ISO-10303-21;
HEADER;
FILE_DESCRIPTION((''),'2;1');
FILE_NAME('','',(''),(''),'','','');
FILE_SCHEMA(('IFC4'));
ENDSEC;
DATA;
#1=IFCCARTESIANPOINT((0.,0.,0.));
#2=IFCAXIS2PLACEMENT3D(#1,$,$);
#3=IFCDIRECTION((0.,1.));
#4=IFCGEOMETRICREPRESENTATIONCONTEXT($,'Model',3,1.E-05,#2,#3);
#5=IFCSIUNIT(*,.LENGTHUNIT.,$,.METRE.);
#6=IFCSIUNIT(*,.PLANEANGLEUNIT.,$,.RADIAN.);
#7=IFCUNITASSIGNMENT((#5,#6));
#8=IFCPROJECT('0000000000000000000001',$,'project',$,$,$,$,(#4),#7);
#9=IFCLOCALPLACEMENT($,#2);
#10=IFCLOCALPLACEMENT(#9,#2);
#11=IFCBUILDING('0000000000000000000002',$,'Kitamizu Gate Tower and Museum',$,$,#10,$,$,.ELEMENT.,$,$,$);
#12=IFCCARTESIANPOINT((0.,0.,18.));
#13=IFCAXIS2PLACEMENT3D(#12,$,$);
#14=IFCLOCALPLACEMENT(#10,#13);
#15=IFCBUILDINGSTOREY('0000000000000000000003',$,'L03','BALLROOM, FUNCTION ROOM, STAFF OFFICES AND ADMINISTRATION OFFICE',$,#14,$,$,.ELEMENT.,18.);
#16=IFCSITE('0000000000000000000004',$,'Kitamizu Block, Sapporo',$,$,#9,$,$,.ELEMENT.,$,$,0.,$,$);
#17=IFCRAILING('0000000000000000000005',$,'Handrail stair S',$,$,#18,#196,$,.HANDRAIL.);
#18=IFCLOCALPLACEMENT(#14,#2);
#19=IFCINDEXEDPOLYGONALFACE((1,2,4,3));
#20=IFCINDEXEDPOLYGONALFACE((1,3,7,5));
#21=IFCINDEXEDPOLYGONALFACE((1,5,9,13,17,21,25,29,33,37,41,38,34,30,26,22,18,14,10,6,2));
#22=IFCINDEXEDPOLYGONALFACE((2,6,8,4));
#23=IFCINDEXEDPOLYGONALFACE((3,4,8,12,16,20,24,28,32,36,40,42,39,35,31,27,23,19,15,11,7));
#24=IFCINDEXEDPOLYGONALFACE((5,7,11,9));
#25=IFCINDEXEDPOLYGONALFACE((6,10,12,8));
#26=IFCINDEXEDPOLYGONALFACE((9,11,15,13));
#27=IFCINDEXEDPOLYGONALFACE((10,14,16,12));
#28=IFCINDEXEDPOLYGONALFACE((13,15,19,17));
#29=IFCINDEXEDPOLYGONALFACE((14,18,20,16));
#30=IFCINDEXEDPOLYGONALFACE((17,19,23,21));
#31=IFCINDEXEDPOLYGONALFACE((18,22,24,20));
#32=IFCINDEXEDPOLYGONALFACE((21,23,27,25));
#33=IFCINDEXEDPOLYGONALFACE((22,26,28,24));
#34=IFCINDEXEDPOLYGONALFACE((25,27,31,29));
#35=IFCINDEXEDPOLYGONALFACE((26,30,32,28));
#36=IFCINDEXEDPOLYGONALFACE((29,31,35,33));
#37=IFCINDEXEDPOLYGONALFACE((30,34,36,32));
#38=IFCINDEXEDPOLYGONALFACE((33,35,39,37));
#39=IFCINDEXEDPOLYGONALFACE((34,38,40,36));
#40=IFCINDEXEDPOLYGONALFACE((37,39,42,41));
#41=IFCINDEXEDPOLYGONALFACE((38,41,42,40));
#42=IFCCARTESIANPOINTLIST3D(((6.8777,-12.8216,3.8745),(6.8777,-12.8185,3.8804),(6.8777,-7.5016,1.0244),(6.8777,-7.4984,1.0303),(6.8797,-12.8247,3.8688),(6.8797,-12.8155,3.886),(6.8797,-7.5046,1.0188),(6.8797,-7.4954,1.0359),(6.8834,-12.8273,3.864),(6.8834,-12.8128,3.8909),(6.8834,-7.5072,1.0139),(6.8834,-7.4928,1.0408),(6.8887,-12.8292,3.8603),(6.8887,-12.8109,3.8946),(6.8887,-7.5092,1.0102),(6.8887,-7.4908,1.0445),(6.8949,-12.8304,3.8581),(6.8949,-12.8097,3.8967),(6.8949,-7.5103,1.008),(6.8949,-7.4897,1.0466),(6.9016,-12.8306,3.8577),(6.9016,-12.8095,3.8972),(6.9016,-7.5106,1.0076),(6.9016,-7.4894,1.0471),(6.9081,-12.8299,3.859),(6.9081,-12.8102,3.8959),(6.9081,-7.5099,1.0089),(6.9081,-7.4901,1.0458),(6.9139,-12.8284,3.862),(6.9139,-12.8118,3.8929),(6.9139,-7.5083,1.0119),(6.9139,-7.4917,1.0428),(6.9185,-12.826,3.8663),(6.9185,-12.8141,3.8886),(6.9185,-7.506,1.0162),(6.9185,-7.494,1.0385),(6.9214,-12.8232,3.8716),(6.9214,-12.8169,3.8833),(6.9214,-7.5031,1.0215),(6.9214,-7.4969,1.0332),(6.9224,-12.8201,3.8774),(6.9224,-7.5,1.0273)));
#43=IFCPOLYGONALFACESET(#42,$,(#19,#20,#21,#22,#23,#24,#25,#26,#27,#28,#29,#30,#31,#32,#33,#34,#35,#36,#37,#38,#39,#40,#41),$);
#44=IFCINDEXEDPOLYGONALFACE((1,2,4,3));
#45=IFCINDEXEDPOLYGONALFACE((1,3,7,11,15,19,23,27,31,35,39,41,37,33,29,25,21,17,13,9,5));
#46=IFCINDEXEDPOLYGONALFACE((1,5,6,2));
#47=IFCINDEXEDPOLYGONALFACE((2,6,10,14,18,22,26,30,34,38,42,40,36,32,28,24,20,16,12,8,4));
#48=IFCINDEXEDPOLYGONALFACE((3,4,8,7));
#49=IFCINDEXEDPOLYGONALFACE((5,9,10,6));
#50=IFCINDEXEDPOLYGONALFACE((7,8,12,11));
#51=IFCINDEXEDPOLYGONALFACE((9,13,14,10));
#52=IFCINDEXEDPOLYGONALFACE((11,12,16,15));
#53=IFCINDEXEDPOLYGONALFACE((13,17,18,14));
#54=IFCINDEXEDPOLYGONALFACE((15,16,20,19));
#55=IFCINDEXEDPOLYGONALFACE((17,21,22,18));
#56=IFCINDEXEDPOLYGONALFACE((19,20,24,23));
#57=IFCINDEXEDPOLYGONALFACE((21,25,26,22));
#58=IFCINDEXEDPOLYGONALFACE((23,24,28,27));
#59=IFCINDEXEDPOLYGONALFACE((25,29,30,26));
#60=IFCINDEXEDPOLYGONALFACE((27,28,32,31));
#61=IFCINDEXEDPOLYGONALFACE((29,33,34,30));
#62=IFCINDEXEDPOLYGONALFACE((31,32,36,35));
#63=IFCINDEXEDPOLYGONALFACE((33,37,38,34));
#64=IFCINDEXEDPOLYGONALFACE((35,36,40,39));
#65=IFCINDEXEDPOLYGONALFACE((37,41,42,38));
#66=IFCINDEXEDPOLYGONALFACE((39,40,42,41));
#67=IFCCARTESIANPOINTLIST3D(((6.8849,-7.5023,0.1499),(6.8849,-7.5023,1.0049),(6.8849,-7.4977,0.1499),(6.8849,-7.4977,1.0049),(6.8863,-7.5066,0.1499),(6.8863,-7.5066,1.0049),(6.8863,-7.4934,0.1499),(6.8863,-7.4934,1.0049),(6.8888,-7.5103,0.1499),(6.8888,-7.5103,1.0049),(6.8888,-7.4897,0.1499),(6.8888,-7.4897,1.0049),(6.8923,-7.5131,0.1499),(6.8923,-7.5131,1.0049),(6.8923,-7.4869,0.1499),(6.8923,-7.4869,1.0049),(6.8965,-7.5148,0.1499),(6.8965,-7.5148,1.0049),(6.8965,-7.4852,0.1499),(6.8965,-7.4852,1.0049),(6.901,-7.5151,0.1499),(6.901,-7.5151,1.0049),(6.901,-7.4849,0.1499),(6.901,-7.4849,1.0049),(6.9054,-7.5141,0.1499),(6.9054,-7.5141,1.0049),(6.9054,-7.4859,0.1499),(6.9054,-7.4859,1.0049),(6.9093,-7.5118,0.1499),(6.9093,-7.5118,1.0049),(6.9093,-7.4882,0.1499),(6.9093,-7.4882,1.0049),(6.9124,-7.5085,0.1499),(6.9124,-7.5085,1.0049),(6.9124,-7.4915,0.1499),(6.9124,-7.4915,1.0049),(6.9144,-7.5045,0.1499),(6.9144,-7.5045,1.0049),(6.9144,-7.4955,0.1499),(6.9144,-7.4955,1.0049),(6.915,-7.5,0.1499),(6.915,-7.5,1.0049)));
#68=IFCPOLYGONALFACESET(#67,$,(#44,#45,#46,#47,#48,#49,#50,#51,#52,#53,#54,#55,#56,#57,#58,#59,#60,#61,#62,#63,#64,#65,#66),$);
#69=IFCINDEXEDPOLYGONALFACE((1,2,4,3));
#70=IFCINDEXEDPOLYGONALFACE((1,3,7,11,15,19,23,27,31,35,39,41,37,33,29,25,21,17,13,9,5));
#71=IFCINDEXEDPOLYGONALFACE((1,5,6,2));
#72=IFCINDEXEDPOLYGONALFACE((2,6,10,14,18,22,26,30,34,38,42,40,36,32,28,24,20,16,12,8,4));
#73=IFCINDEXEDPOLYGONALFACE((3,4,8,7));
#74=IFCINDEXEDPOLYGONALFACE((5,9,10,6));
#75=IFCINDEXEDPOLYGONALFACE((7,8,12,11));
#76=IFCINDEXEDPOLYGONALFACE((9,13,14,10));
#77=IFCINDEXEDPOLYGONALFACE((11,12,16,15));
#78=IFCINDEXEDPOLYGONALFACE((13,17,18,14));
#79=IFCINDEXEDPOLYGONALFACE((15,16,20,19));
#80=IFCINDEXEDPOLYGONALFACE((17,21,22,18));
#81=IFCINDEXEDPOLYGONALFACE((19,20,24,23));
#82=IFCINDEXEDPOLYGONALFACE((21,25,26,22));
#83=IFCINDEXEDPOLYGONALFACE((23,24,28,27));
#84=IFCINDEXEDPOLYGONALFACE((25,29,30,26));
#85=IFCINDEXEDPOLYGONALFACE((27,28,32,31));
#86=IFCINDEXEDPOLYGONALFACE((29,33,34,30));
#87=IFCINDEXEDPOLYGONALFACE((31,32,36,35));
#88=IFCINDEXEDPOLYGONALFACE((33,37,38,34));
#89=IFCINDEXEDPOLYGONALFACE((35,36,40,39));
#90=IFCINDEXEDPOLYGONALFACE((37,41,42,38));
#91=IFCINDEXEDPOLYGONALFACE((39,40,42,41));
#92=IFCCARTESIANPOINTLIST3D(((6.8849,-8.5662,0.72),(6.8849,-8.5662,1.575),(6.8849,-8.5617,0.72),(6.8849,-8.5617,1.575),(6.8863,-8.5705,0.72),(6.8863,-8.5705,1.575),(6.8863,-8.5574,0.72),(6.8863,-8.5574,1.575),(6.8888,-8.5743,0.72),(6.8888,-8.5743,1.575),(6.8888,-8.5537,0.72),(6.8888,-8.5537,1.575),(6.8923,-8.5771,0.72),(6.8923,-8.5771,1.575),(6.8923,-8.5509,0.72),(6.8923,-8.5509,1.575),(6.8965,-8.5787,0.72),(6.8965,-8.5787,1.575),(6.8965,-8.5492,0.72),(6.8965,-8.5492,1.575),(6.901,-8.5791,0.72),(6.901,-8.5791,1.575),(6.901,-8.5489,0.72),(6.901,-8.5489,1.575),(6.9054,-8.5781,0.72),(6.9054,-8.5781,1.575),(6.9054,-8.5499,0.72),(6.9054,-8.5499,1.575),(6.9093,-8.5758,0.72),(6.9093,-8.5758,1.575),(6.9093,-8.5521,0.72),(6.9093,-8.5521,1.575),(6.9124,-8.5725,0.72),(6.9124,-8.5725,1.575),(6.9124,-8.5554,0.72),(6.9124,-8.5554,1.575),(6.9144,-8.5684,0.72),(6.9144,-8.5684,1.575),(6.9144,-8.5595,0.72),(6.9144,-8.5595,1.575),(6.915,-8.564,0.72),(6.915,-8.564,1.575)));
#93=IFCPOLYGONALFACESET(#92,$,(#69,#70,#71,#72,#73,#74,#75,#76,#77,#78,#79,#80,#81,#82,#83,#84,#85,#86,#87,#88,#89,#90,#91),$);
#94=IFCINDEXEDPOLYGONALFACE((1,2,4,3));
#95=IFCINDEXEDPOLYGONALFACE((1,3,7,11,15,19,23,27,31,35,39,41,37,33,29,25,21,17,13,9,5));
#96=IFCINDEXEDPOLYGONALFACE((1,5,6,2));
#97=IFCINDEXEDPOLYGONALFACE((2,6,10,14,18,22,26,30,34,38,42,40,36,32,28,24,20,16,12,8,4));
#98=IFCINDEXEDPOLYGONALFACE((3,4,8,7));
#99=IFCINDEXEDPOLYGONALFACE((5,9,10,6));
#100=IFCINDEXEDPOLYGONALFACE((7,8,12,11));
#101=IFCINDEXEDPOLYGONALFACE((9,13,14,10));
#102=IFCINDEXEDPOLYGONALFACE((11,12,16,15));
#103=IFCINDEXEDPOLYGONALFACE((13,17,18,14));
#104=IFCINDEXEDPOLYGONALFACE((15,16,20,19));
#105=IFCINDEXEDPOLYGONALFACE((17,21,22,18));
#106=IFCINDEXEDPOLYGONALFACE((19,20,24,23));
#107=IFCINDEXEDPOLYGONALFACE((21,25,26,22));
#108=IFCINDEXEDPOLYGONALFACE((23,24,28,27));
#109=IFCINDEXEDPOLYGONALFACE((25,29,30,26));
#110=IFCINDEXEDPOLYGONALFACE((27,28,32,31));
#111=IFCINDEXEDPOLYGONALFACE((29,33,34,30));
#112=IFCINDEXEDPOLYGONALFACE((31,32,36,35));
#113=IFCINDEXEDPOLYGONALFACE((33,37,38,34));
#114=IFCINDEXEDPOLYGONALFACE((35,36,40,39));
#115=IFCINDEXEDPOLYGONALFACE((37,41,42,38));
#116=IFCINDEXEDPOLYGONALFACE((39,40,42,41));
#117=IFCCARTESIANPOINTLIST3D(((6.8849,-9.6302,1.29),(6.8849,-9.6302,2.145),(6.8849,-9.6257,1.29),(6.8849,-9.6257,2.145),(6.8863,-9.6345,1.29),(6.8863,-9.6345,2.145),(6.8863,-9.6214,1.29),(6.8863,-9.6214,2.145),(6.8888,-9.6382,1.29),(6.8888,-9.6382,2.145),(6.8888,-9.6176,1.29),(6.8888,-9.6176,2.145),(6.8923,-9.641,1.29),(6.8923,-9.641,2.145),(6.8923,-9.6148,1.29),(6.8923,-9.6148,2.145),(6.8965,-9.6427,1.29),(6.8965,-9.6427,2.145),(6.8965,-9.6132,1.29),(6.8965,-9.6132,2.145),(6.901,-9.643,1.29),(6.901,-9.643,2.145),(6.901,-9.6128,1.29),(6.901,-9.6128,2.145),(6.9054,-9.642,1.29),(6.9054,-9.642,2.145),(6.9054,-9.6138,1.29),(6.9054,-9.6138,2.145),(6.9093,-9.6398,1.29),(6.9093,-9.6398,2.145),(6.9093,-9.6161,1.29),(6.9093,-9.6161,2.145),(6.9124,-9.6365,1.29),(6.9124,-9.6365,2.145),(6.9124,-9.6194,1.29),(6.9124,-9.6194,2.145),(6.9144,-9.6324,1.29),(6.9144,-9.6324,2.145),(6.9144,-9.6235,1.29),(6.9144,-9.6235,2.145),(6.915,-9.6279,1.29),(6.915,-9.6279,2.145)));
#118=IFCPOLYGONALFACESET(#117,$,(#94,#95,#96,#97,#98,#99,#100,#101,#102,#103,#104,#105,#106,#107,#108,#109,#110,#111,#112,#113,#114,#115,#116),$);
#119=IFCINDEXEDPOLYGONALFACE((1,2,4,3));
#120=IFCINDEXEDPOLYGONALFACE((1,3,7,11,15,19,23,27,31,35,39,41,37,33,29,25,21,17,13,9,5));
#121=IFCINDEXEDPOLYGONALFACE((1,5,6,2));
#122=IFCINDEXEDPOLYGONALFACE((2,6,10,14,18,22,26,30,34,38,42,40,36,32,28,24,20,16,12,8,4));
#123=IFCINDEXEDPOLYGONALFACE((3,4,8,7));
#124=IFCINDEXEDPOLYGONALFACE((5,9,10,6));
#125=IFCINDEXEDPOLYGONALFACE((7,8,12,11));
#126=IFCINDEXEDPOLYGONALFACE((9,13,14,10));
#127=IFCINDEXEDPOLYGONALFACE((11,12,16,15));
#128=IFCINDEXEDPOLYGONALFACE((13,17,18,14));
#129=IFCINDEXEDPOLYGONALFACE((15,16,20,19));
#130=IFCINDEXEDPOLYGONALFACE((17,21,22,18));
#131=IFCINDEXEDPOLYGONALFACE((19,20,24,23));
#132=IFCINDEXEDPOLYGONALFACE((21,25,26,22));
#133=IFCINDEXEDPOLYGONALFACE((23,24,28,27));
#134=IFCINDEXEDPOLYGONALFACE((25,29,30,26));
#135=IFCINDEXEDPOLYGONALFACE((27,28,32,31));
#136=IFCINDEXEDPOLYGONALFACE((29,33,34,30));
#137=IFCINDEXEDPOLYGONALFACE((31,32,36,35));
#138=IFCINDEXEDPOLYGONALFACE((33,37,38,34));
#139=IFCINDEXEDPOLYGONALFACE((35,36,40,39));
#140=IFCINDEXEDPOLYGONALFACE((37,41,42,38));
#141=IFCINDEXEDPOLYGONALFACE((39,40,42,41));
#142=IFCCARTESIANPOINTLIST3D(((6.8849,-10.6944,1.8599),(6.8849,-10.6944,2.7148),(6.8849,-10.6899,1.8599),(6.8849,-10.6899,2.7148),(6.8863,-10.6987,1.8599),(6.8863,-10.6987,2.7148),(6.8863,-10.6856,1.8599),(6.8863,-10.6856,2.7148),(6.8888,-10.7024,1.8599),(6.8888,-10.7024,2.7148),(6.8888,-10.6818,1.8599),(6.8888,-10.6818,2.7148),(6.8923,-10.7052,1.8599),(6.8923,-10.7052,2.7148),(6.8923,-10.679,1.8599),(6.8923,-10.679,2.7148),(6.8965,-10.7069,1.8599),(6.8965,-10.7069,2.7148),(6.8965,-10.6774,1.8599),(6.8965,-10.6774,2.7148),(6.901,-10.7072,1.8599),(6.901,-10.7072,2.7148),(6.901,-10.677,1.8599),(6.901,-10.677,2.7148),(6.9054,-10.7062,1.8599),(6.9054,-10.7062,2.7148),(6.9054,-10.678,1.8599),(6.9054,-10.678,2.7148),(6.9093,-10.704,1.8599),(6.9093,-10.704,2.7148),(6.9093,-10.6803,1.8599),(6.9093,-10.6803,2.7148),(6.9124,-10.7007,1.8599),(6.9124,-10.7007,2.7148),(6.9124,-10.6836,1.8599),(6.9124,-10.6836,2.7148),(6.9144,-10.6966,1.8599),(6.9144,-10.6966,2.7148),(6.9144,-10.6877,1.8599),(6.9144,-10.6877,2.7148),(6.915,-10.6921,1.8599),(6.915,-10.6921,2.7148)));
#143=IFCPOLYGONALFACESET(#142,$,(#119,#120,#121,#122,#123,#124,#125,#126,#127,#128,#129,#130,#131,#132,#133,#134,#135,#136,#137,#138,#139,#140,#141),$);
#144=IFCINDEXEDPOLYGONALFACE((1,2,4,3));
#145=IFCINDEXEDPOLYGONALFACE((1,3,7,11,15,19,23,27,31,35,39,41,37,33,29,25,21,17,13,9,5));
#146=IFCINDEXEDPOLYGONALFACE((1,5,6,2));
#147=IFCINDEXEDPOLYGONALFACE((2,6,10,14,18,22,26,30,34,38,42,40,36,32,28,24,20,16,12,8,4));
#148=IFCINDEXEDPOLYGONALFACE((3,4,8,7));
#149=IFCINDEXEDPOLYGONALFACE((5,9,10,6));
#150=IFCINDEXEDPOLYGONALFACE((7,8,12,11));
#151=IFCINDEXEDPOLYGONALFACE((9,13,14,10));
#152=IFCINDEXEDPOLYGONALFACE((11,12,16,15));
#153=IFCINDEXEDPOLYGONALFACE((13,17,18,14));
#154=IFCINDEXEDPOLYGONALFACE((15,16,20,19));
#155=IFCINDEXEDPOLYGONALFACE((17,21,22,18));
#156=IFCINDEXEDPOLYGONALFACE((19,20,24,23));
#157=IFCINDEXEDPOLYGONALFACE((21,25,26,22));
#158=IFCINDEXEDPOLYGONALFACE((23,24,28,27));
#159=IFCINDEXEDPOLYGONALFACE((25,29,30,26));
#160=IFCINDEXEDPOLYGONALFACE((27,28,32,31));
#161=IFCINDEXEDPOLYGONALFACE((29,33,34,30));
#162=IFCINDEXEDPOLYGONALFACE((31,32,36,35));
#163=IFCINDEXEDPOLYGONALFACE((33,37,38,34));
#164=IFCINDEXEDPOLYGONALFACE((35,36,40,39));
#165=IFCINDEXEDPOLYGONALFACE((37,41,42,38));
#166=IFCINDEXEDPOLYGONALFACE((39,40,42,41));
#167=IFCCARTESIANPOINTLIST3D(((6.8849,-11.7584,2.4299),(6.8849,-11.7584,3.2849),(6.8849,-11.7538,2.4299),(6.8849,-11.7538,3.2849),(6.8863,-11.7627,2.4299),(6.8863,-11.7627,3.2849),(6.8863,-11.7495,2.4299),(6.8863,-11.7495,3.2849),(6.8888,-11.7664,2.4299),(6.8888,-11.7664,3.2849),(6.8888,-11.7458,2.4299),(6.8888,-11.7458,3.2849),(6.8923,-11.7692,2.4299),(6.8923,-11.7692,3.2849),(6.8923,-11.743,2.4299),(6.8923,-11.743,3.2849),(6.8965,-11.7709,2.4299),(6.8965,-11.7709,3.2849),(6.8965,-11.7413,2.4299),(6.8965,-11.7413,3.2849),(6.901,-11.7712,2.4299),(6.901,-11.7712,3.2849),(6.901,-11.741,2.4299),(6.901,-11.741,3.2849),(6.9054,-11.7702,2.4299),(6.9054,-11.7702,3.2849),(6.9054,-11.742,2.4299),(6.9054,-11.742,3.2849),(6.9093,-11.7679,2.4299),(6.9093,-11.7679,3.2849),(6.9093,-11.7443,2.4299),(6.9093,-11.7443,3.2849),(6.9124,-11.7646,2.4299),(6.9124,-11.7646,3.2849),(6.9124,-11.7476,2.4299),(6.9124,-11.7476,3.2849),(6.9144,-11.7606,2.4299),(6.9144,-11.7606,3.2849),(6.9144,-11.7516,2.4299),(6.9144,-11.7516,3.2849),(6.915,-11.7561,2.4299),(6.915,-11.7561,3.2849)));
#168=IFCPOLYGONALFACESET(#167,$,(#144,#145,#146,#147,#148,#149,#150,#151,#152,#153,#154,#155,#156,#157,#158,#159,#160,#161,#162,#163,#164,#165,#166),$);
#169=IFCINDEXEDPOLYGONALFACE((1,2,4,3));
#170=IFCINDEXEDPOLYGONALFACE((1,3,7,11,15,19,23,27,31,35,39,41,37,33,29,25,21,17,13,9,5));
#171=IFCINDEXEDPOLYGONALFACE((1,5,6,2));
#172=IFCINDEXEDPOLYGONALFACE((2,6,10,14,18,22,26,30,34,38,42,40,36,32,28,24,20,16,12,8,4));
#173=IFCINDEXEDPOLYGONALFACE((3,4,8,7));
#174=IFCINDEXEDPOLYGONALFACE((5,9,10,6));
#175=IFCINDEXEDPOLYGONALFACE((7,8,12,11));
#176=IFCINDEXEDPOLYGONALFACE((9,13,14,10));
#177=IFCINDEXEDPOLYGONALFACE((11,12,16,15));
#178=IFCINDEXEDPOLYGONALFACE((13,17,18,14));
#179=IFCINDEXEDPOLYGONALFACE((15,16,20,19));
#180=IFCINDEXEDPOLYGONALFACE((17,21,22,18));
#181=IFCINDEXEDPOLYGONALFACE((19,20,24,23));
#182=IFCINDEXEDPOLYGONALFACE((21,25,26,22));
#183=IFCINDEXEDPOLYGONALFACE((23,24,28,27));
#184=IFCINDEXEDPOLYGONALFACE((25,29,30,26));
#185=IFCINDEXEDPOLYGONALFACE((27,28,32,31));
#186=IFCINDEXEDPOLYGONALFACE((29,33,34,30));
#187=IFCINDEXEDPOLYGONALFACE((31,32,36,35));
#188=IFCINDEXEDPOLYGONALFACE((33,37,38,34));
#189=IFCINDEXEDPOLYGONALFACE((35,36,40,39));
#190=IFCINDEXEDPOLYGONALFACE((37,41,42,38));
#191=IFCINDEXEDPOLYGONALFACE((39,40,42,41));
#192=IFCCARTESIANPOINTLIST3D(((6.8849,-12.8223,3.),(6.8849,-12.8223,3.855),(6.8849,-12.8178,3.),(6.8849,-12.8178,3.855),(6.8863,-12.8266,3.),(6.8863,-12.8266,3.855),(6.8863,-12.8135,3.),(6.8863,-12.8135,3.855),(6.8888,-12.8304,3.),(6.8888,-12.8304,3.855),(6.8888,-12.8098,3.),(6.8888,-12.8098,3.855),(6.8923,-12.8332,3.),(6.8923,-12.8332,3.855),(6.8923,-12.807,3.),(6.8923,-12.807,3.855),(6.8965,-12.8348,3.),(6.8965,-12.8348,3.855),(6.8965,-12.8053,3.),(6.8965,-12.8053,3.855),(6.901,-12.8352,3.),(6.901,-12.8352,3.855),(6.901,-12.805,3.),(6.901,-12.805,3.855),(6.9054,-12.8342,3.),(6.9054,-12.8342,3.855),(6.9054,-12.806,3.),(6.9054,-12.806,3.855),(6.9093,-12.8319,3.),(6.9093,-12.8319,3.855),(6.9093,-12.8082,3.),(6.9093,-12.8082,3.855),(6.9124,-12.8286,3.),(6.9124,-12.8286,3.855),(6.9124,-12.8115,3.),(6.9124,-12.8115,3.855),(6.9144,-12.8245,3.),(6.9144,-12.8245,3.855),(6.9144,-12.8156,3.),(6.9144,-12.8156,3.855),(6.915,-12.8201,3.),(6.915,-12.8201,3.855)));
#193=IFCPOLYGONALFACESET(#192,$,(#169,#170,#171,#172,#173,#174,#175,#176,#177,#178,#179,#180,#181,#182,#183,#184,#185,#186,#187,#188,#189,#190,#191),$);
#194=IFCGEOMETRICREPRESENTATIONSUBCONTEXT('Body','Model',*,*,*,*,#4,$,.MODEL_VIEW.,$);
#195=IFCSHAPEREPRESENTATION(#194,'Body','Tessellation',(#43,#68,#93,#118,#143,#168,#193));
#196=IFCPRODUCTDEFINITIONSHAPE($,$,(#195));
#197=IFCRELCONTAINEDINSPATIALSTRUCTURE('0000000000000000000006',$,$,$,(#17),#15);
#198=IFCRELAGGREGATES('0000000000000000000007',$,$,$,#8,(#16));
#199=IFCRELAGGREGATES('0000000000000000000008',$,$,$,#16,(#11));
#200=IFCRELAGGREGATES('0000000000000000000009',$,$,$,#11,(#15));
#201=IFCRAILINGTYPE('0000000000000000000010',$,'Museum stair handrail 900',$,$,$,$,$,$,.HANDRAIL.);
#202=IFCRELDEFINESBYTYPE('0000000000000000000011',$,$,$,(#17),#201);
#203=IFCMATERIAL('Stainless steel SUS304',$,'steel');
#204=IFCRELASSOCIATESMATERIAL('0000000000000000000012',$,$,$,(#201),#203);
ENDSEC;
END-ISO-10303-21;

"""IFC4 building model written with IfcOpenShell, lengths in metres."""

from ifc_helpers import new_model, si_unit, direction, frame, origin, origin_2d, place, context, subcontext, project, spatial, circle, extrude, material, type_object, element, save


model = new_model("IFC4")

# Units and contexts
model_context = context("Model", 3, precision=1e-05, world=origin(), true_north=direction((0.0, 1.0)))
body_context = subcontext(model_context, "Body", "Model", "MODEL_VIEW")
ifc_project = project(units=[si_unit("LENGTHUNIT", "METRE"), si_unit("PLANEANGLEUNIT", "RADIAN")], contexts=[model_context])

# Site, building, storey
site_placement = place(None, origin())
site = spatial("IfcSite", under=ifc_project, at=site_placement, Name="Kitamizu Block, Sapporo", CompositionType="ELEMENT", RefElevation=0.0)
building_placement = place(site_placement, origin())
building = spatial("IfcBuilding", under=site, at=building_placement, Name="Kitamizu Gate Tower and Museum", CompositionType="ELEMENT")
storey_placement = place(building_placement, frame((0.0, 0.0, 18.0)))
storey = spatial("IfcBuildingStorey", under=building, at=storey_placement, Name="L03", Description="BALLROOM, FUNCTION ROOM, STAFF OFFICES AND ADMINISTRATION OFFICE", CompositionType="ELEMENT", Elevation=18.0)

# Railing
ifc_material_1 = material(Name="Stainless steel SUS304", Category="steel")
railing_type = type_object("IfcRailingType", Name="Museum stair handrail 900", PredefinedType="HANDRAIL", material=ifc_material_1)
for number, where, name in (
    (1, (6.8999, -7.5, 0.1499), "Handrail stair S"),
):
    element("IfcRailing", number, at=place(storey_placement, frame(where)), inside=storey, type_object=railing_type, Name=name, PredefinedType="HANDRAIL", context=body_context, shape_type="SweptSolid", body=[
        extrude(circle(Radius=0.0225, at=origin_2d()), frame((0.0, 0.0, 0.8774), z_axis=(0.0, -0.881476, 0.472229), x_axis=(1.0, 0.0, 0.0)), (0.0, 0.0, 1.0), 6.0354),
        extrude(circle(Radius=0.0151, at=origin_2d()), origin(), (0.0, 0.0, 1.0), 0.855),
        extrude(circle(Radius=0.0151, at=origin_2d()), frame((0.0, -1.064, 0.5701)), (0.0, 0.0, 1.0), 0.855),
        extrude(circle(Radius=0.0151, at=origin_2d()), frame((0.0, -2.1279, 1.1401)), (0.0, 0.0, 1.0), 0.855),
        extrude(circle(Radius=0.0151, at=origin_2d()), frame((0.0, -3.1921, 1.71)), (0.0, 0.0, 1.0), 0.855),
        extrude(circle(Radius=0.0151, at=origin_2d()), frame((0.0, -4.2561, 2.28)), (0.0, 0.0, 1.0), 0.855),
        extrude(circle(Radius=0.0151, at=origin_2d()), frame((0.0, -5.3201, 2.8501)), (0.0, 0.0, 1.0), 0.855),
    ])

save(model, "model.ifc")
